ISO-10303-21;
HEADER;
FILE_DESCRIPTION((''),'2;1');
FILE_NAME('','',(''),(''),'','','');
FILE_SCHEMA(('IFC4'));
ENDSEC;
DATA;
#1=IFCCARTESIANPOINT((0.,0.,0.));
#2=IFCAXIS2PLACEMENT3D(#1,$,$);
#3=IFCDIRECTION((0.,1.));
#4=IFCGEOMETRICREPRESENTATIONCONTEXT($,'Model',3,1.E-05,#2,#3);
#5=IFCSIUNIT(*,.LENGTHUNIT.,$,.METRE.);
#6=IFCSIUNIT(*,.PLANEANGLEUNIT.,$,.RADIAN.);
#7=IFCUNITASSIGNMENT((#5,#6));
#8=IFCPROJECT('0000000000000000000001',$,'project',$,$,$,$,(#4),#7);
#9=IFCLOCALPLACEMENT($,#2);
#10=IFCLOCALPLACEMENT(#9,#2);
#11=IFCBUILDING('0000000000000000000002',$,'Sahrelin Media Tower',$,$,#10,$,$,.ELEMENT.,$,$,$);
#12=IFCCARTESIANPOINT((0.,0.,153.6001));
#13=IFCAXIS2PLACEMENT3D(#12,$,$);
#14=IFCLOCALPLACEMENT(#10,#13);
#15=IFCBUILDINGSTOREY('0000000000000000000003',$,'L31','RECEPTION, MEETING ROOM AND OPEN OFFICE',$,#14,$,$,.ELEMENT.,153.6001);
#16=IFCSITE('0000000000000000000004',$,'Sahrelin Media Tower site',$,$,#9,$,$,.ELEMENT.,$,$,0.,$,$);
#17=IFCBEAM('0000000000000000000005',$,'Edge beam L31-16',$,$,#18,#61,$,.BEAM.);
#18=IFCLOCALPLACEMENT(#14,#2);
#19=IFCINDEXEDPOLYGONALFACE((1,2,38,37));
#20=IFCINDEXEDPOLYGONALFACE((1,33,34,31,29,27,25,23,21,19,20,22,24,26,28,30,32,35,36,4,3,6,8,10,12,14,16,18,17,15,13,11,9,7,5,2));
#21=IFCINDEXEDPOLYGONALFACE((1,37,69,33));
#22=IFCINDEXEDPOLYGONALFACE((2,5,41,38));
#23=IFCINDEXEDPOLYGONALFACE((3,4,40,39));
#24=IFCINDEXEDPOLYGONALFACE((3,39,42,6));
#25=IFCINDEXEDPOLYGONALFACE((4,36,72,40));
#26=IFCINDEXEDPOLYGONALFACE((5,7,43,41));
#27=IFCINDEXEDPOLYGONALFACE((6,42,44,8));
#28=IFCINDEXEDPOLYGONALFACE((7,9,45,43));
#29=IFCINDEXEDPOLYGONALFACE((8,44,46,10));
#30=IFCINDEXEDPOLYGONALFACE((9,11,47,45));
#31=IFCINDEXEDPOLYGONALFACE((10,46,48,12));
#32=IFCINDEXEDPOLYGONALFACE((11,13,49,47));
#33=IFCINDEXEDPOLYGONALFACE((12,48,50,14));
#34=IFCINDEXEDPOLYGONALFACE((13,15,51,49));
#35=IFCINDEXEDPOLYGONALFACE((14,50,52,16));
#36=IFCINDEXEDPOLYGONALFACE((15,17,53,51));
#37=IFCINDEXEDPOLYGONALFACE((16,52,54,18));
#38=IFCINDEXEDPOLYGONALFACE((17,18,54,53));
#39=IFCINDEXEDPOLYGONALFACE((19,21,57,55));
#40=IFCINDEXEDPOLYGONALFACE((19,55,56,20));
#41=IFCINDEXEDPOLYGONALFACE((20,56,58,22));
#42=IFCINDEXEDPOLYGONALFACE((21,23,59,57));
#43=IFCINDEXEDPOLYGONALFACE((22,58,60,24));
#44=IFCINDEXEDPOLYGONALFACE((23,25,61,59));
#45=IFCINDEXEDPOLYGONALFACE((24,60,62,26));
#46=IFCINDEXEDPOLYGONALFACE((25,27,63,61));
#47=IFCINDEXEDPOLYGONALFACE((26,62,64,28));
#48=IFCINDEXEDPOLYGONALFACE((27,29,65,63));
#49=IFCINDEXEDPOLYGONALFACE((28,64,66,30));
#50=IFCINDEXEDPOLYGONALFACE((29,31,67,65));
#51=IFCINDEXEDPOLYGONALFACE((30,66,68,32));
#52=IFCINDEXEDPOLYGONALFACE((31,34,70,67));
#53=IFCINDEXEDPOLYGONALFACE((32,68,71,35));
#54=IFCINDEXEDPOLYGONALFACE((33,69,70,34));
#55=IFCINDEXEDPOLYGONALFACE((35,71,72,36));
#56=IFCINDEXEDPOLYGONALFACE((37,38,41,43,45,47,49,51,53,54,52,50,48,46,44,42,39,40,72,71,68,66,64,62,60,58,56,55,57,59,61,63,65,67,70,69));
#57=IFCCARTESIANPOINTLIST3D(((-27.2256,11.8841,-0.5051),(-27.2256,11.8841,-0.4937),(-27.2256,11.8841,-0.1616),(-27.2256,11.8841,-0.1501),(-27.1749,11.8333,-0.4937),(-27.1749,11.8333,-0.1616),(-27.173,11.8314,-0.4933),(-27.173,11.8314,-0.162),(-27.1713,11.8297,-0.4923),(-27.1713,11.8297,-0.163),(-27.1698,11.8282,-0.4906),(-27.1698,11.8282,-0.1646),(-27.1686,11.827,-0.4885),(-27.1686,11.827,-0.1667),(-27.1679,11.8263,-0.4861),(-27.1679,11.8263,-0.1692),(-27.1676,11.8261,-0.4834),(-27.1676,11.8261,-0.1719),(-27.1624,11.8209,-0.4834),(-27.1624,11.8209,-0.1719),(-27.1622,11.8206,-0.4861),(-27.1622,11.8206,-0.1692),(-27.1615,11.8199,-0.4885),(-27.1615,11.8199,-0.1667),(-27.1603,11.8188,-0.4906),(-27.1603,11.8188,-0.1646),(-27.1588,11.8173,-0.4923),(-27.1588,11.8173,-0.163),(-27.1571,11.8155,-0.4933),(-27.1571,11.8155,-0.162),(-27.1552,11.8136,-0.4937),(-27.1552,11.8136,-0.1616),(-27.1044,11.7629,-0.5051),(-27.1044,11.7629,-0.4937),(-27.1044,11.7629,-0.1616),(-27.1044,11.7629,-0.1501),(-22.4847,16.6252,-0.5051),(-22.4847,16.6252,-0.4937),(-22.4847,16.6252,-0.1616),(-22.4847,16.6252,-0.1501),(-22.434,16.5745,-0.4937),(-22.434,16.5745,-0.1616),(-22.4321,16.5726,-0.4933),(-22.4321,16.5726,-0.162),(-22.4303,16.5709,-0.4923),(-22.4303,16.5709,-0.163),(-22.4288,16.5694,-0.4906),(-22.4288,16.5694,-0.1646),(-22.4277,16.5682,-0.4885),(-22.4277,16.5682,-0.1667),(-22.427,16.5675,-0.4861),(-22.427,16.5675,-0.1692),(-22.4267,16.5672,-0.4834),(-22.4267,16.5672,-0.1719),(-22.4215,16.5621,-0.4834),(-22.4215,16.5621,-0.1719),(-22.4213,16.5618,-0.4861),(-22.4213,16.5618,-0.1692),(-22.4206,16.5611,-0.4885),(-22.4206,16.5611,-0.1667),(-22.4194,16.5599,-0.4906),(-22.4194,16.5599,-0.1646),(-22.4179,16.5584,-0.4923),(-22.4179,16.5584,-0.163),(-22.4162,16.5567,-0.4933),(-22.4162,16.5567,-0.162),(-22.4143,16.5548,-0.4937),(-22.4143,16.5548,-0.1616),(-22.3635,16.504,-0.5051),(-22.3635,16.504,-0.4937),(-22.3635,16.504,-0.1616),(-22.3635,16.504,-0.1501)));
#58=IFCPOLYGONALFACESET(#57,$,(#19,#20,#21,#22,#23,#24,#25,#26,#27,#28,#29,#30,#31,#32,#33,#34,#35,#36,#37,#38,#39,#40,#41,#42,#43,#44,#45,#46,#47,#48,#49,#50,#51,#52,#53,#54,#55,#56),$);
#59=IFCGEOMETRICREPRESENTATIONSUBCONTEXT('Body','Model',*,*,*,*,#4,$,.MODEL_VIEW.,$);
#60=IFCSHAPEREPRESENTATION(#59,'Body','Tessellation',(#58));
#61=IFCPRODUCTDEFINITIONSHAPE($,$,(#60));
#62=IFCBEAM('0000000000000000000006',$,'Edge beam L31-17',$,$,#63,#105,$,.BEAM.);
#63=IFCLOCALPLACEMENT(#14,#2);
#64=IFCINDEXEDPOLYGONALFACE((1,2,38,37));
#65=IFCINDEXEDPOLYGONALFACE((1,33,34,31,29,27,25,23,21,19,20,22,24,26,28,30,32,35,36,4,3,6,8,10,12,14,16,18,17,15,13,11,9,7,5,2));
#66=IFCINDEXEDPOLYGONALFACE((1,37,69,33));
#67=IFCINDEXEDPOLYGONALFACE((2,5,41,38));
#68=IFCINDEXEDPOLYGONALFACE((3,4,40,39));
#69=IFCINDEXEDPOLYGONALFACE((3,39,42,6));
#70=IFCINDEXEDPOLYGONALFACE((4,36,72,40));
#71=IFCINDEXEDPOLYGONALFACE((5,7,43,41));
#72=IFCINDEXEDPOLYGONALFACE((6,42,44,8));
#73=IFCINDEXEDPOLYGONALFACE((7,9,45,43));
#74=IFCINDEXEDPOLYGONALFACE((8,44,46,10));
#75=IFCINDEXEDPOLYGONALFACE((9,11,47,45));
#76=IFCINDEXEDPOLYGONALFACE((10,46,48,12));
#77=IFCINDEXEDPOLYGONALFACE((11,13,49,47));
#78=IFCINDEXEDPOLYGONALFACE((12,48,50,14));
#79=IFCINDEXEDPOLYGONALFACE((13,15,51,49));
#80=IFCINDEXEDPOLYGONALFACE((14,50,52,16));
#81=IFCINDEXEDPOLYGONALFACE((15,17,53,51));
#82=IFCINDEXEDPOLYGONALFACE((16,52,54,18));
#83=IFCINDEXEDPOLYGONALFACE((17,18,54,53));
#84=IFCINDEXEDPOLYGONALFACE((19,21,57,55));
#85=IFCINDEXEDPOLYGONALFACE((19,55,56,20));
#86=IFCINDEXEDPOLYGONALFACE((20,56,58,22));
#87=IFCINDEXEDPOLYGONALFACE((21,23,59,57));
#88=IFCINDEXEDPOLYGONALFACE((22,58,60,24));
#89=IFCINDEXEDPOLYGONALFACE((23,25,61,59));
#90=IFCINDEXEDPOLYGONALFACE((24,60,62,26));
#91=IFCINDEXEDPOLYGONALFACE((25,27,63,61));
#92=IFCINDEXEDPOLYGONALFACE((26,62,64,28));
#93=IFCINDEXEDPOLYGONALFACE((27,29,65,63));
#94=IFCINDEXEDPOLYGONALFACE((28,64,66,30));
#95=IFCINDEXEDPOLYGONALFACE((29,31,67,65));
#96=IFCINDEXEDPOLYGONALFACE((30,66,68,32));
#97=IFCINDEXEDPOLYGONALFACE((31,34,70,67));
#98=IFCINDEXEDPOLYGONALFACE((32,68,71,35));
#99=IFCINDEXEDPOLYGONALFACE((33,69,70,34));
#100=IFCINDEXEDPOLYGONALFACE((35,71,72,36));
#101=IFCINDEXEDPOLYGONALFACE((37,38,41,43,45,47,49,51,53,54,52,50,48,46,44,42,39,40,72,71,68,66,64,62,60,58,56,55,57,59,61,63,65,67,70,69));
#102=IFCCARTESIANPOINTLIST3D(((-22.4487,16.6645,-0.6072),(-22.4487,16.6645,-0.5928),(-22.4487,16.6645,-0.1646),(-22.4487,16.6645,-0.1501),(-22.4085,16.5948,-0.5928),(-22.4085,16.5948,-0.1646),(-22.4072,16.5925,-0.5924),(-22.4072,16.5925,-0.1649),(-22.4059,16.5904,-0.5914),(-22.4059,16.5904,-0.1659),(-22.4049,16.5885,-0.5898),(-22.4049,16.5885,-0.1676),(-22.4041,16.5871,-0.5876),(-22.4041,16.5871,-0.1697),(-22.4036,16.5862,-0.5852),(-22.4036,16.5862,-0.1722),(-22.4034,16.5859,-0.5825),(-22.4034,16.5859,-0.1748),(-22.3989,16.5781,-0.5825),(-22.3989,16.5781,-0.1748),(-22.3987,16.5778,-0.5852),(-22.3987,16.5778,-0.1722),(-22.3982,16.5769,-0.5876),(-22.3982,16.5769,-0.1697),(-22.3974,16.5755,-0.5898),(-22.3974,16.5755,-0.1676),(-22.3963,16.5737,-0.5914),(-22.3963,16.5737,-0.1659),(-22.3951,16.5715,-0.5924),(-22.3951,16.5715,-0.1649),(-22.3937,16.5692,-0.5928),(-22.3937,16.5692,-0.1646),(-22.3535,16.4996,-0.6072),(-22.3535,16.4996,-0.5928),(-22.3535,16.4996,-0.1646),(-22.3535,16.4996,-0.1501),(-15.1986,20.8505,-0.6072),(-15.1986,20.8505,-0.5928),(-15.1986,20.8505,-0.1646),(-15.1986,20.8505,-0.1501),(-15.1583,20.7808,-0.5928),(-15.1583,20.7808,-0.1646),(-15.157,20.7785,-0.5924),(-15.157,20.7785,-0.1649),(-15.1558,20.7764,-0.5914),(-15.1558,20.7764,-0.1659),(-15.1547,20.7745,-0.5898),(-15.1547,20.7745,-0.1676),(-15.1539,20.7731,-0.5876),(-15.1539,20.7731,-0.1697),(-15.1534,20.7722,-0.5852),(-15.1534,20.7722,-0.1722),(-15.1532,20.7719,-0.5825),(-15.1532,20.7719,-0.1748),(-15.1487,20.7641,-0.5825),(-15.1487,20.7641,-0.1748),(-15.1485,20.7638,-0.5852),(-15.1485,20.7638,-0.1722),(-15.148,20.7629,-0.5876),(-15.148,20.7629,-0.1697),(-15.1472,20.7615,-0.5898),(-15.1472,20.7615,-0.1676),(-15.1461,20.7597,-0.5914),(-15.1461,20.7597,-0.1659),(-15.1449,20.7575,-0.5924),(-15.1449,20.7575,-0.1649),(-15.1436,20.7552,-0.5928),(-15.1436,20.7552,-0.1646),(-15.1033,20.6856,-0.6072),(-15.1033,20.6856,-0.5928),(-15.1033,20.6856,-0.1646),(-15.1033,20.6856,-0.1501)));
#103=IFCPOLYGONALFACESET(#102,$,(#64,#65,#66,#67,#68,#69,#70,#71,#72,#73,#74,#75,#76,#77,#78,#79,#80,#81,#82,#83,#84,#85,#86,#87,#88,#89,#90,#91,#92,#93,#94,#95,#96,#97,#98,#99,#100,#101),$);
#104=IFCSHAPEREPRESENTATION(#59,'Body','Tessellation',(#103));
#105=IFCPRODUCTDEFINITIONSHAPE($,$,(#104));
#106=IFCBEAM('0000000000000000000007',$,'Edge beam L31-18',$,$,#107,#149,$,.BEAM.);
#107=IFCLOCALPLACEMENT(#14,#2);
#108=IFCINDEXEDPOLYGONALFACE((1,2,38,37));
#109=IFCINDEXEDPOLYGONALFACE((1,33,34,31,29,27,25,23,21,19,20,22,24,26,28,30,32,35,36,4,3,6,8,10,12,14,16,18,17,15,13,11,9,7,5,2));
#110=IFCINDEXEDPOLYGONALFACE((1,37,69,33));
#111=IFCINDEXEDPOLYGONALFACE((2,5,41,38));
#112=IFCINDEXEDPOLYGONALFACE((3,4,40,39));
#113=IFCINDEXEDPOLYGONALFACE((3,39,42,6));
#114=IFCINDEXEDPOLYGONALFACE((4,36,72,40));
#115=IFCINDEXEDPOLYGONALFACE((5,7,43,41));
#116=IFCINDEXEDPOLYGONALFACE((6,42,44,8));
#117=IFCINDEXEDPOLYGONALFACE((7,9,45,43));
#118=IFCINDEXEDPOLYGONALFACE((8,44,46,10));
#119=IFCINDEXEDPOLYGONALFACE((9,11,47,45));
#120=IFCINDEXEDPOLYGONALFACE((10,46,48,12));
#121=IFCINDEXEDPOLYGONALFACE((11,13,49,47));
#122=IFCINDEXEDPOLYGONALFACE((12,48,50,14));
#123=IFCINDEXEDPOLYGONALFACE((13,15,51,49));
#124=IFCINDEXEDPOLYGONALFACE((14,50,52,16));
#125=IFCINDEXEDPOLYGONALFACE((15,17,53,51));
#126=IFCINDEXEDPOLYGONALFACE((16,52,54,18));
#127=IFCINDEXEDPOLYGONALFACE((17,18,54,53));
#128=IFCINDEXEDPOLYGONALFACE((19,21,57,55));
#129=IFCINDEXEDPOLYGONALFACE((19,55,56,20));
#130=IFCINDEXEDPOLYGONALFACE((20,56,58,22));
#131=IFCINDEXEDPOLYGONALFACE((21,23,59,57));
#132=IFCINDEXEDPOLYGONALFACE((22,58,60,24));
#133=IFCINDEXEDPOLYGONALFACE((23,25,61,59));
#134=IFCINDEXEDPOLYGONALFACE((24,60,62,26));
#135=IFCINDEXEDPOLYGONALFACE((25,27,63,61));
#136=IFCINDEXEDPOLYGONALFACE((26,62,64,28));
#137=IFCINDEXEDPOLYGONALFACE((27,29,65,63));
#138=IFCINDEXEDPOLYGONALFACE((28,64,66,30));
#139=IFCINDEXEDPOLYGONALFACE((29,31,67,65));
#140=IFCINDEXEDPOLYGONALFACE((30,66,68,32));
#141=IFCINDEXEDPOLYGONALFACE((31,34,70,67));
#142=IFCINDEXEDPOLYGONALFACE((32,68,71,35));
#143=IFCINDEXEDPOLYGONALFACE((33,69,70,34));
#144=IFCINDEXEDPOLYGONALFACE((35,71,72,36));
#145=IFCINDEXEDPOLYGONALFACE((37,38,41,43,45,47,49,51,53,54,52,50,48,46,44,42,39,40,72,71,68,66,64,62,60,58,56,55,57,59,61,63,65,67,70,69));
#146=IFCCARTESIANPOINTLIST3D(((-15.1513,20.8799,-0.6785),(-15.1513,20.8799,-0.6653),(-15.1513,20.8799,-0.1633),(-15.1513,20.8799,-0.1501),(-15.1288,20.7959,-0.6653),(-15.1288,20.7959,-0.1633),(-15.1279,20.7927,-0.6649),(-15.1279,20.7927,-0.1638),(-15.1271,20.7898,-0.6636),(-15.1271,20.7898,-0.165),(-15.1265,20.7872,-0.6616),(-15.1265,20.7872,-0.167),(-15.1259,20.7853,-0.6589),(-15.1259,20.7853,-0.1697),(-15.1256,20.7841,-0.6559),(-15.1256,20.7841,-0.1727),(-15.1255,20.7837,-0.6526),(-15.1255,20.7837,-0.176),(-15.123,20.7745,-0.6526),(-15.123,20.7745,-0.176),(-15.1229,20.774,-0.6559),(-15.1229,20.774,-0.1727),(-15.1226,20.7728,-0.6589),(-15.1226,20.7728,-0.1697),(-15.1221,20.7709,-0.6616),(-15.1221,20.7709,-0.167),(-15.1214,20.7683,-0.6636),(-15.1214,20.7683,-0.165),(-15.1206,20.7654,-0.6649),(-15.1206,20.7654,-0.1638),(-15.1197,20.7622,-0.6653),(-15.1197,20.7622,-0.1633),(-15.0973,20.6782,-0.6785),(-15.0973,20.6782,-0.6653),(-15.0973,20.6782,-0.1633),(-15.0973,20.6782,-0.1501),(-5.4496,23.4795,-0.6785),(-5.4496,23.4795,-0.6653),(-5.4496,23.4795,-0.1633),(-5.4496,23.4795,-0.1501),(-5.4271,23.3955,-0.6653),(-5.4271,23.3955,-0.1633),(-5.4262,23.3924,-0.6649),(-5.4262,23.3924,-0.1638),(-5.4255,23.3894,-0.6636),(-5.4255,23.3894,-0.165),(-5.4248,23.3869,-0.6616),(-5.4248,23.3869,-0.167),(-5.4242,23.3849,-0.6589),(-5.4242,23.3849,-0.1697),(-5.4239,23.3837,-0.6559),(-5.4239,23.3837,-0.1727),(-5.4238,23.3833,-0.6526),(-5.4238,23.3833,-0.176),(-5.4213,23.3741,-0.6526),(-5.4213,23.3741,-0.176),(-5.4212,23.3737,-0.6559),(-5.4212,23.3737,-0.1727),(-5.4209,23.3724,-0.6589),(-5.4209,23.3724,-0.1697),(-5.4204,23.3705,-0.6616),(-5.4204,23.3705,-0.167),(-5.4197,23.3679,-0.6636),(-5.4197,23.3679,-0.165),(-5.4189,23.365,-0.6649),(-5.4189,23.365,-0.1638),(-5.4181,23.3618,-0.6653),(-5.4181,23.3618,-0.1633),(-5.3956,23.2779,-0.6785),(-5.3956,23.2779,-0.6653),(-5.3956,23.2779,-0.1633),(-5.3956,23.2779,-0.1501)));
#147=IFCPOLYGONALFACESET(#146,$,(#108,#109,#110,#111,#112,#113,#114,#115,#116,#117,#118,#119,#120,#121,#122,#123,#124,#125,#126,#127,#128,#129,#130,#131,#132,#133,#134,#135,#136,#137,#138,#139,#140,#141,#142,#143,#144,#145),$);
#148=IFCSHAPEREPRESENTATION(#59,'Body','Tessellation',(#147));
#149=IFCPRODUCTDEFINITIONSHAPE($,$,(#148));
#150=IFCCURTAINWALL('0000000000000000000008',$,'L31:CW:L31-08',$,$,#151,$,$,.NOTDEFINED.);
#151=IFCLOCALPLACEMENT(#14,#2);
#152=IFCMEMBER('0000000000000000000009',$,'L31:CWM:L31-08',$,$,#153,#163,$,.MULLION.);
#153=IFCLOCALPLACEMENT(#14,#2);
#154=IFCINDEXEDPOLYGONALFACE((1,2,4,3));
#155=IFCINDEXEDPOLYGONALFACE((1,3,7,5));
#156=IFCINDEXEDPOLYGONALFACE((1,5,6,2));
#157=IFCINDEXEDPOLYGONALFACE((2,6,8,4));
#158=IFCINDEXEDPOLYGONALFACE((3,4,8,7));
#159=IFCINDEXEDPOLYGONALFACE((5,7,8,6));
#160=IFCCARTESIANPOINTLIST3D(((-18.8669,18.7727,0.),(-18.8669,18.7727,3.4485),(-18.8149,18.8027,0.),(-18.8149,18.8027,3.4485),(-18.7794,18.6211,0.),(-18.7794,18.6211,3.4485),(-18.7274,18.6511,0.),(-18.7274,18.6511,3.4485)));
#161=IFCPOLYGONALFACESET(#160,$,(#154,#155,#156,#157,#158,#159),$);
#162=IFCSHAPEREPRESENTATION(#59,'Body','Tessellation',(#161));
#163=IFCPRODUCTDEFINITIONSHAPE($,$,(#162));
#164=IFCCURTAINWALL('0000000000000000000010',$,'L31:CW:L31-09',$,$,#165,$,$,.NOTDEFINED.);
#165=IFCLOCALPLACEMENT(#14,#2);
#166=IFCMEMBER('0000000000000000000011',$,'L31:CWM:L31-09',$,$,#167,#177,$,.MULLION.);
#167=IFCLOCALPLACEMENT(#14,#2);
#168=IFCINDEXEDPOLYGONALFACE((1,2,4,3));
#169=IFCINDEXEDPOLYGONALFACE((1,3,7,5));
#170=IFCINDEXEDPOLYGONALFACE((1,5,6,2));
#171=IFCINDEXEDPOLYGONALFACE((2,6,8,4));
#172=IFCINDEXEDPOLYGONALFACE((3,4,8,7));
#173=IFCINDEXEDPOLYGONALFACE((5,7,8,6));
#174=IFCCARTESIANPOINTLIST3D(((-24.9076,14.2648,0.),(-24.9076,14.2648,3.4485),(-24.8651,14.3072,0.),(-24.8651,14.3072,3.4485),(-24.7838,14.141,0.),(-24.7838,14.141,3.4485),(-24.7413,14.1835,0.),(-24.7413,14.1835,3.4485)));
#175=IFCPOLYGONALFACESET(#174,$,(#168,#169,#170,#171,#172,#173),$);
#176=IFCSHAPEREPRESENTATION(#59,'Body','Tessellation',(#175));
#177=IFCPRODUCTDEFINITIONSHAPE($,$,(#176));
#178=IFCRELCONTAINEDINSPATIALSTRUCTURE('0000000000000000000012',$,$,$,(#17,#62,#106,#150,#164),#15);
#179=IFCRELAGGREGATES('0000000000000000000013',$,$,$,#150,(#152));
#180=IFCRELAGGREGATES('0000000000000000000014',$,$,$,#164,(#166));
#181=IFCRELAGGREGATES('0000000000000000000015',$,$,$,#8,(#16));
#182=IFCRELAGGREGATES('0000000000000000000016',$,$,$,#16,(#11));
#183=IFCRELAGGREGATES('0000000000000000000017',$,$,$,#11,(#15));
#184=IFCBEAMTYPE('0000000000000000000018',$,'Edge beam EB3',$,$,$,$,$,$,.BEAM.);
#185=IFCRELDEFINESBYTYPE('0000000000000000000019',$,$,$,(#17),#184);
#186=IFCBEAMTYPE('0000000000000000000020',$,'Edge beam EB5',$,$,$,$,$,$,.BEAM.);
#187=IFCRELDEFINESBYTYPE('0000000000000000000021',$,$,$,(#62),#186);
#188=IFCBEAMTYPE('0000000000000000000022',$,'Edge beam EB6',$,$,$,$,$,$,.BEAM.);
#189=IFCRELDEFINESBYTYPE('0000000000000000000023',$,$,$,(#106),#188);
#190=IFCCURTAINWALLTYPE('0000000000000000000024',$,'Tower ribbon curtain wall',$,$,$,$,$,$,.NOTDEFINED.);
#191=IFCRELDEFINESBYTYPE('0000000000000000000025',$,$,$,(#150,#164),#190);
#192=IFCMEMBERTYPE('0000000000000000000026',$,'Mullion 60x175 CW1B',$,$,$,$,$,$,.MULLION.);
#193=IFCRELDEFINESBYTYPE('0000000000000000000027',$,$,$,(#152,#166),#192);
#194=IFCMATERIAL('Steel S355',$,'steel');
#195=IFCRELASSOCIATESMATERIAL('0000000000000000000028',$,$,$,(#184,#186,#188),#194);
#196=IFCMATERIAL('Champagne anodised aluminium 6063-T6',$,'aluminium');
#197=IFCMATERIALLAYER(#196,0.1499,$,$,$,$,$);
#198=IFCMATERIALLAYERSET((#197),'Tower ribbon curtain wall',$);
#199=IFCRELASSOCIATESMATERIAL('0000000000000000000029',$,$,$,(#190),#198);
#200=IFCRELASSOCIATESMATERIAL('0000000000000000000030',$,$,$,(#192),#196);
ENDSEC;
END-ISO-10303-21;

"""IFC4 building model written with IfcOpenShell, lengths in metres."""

from ifc_helpers import new_model, si_unit, direction, frame, origin, origin_2d, place, context, subcontext, project, spatial, rectangle, i_section, extrude, material, layer, layer_set, material_profile, profile_set, type_object, element, aggregate, save


model = new_model("IFC4")

# Units and contexts
model_context = context("Model", 3, precision=1e-05, world=origin(), true_north=direction((0.0, 1.0)))
body_context = subcontext(model_context, "Body", "Model", "MODEL_VIEW")
ifc_project = project(units=[si_unit("LENGTHUNIT", "METRE"), si_unit("PLANEANGLEUNIT", "RADIAN")], contexts=[model_context])

# Site, building, storey
site_placement = place(None, origin())
site = spatial("IfcSite", under=ifc_project, at=site_placement, Name="Sahrelin Media Tower site", CompositionType="ELEMENT", RefElevation=0.0)
building_placement = place(site_placement, origin())
building = spatial("IfcBuilding", under=site, at=building_placement, Name="Sahrelin Media Tower", CompositionType="ELEMENT")
storey_placement = place(building_placement, frame((0.0, 0.0, 153.6001)))
storey = spatial("IfcBuildingStorey", under=building, at=storey_placement, Name="L31", Description="RECEPTION, MEETING ROOM AND OPEN OFFICE", CompositionType="ELEMENT", Elevation=153.6001)

# Beams
ifc_material_1 = material(Name="Steel S355", Category="steel")
ifc_material_profile_1 = material_profile(ifc_material_1, i_section(OverallWidth=0.1714, OverallDepth=0.355, WebThickness=0.0073, FlangeThickness=0.0115, FilletRadius=0.0103, at=origin_2d()), Name="UB 356x171x51")
ifc_profile_set_1 = profile_set([ifc_material_profile_1], Name="Steel S355")
beam_type_1 = type_object("IfcBeamType", Name="Edge beam EB3", PredefinedType="BEAM", material=ifc_profile_set_1)
beam_1_placement = place(storey_placement, frame((-27.165, 11.8235, -0.3276), z_axis=(0.707089, 0.707125, 0.0), x_axis=(-0.707125, 0.707089, 0.0)))
element("IfcBeam", 1, at=beam_1_placement, inside=storey, type_object=beam_type_1, Name="Edge beam L31-16", PredefinedType="BEAM", context=body_context, shape_type="SweptSolid", body=[
    extrude(i_section(OverallWidth=0.1714, OverallDepth=0.355, WebThickness=0.0073, FlangeThickness=0.0115, FilletRadius=0.0103, at=origin_2d()), origin(), (0.0, 0.0, 1.0), 6.7048),
])
ifc_material_profile_2 = material_profile(ifc_material_1, i_section(OverallWidth=0.1904, OverallDepth=0.457, WebThickness=0.009, FlangeThickness=0.0144, FilletRadius=0.0103, at=origin_2d()), Name="UB 457x191x74")
ifc_profile_set_2 = profile_set([ifc_material_profile_2], Name="Steel S355")
beam_type_2 = type_object("IfcBeamType", Name="Edge beam EB5", PredefinedType="BEAM", material=ifc_profile_set_2)
beam_2_placement = place(storey_placement, frame((-22.4011, 16.582, -0.3787), z_axis=(0.86602, 0.500009, 0.0), x_axis=(-0.500009, 0.86602, 0.0)))
element("IfcBeam", 2, at=beam_2_placement, inside=storey, type_object=beam_type_2, Name="Edge beam L31-17", PredefinedType="BEAM", context=body_context, shape_type="SweptSolid", body=[
    extrude(i_section(OverallWidth=0.1904, OverallDepth=0.457, WebThickness=0.009, FlangeThickness=0.0144, FilletRadius=0.0103, at=origin_2d()), origin(), (0.0, 0.0, 1.0), 8.3718),
])
ifc_material_profile_3 = material_profile(ifc_material_1, i_section(OverallWidth=0.2087, OverallDepth=0.5283, WebThickness=0.0095, FlangeThickness=0.0132, FilletRadius=0.0127, at=origin_2d()), Name="UB 533x210x82")
ifc_profile_set_3 = profile_set([ifc_material_profile_3], Name="Steel S355")
beam_type_3 = type_object("IfcBeamType", Name="Edge beam EB6", PredefinedType="BEAM", material=ifc_profile_set_3)
beam_3_placement = place(storey_placement, frame((-15.1243, 20.7791, -0.4143), z_axis=(0.965924, 0.258824, 0.0), x_axis=(-0.258824, 0.965924, 0.0)))
element("IfcBeam", 3, at=beam_3_placement, inside=storey, type_object=beam_type_3, Name="Edge beam L31-18", PredefinedType="BEAM", context=body_context, shape_type="SweptSolid", body=[
    extrude(i_section(OverallWidth=0.2087, OverallDepth=0.5283, WebThickness=0.0095, FlangeThickness=0.0132, FilletRadius=0.0127, at=origin_2d()), origin(), (0.0, 0.0, 1.0), 10.0439),
])

# Curtain walls, members
ifc_material_2 = material(Name="Champagne anodised aluminium 6063-T6", Category="aluminium")
ifc_layer_1 = layer(ifc_material_2, 0.1499)
ifc_layer_set_1 = layer_set([ifc_layer_1], Name="Tower ribbon curtain wall")
curtain_wall_type = type_object("IfcCurtainWallType", Name="Tower ribbon curtain wall", PredefinedType="NOTDEFINED", material=ifc_layer_set_1)
curtain_wall_1_placement = place(storey_placement, frame((-18.8511, 18.8049, 0.0), z_axis=(0.0, 0.0, 1.0), x_axis=(1.0, 0.0, 0.0)))
curtain_wall_1 = element("IfcCurtainWall", 4, at=curtain_wall_1_placement, inside=storey, type_object=curtain_wall_type, Name="L31:CW:L31-08", PredefinedType="NOTDEFINED")
ifc_material_profile_4 = material_profile(ifc_material_2, rectangle(XDim=0.0601, YDim=0.175, at=origin_2d()), Name="Mullion 60x175")
ifc_profile_set_4 = profile_set([ifc_material_profile_4], Name="Champagne anodised aluminium 6063-T6")
member_type_1 = type_object("IfcMemberType", Name="Mullion 60x175 CW1B", PredefinedType="MULLION", material=ifc_profile_set_4)
member_1_placement = place(storey_placement, frame((-18.7971, 18.7119, 0.0), z_axis=(0.0, 0.0, 1.0), x_axis=(-0.866025, -0.5, 0.0)))
member_1 = element("IfcMember", 5, at=member_1_placement, type_object=member_type_1, Name="L31:CWM:L31-08", PredefinedType="MULLION", context=body_context, shape_type="SweptSolid", body=[
    extrude(rectangle(XDim=0.0601, YDim=0.175, at=origin_2d()), origin(), (0.0, 0.0, 1.0), 3.4485),
])
curtain_wall_2_placement = place(storey_placement, frame((-24.9004, 14.3, 0.0), z_axis=(0.0, 0.0, 1.0), x_axis=(1.0, 0.0, 0.0)))
curtain_wall_2 = element("IfcCurtainWall", 6, at=curtain_wall_2_placement, inside=storey, type_object=curtain_wall_type, Name="L31:CW:L31-09", PredefinedType="NOTDEFINED")
member_2_placement = place(storey_placement, frame((-24.8245, 14.2241, 0.0), z_axis=(0.0, 0.0, 1.0), x_axis=(-0.707107, -0.707107, 0.0)))
member_2 = element("IfcMember", 7, at=member_2_placement, type_object=member_type_1, Name="L31:CWM:L31-09", PredefinedType="MULLION", context=body_context, shape_type="SweptSolid", body=[
    extrude(rectangle(XDim=0.0601, YDim=0.175, at=origin_2d()), origin(), (0.0, 0.0, 1.0), 3.4485),
])

aggregate(curtain_wall_1, [member_1])
aggregate(curtain_wall_2, [member_2])

save(model, "model.ifc")
